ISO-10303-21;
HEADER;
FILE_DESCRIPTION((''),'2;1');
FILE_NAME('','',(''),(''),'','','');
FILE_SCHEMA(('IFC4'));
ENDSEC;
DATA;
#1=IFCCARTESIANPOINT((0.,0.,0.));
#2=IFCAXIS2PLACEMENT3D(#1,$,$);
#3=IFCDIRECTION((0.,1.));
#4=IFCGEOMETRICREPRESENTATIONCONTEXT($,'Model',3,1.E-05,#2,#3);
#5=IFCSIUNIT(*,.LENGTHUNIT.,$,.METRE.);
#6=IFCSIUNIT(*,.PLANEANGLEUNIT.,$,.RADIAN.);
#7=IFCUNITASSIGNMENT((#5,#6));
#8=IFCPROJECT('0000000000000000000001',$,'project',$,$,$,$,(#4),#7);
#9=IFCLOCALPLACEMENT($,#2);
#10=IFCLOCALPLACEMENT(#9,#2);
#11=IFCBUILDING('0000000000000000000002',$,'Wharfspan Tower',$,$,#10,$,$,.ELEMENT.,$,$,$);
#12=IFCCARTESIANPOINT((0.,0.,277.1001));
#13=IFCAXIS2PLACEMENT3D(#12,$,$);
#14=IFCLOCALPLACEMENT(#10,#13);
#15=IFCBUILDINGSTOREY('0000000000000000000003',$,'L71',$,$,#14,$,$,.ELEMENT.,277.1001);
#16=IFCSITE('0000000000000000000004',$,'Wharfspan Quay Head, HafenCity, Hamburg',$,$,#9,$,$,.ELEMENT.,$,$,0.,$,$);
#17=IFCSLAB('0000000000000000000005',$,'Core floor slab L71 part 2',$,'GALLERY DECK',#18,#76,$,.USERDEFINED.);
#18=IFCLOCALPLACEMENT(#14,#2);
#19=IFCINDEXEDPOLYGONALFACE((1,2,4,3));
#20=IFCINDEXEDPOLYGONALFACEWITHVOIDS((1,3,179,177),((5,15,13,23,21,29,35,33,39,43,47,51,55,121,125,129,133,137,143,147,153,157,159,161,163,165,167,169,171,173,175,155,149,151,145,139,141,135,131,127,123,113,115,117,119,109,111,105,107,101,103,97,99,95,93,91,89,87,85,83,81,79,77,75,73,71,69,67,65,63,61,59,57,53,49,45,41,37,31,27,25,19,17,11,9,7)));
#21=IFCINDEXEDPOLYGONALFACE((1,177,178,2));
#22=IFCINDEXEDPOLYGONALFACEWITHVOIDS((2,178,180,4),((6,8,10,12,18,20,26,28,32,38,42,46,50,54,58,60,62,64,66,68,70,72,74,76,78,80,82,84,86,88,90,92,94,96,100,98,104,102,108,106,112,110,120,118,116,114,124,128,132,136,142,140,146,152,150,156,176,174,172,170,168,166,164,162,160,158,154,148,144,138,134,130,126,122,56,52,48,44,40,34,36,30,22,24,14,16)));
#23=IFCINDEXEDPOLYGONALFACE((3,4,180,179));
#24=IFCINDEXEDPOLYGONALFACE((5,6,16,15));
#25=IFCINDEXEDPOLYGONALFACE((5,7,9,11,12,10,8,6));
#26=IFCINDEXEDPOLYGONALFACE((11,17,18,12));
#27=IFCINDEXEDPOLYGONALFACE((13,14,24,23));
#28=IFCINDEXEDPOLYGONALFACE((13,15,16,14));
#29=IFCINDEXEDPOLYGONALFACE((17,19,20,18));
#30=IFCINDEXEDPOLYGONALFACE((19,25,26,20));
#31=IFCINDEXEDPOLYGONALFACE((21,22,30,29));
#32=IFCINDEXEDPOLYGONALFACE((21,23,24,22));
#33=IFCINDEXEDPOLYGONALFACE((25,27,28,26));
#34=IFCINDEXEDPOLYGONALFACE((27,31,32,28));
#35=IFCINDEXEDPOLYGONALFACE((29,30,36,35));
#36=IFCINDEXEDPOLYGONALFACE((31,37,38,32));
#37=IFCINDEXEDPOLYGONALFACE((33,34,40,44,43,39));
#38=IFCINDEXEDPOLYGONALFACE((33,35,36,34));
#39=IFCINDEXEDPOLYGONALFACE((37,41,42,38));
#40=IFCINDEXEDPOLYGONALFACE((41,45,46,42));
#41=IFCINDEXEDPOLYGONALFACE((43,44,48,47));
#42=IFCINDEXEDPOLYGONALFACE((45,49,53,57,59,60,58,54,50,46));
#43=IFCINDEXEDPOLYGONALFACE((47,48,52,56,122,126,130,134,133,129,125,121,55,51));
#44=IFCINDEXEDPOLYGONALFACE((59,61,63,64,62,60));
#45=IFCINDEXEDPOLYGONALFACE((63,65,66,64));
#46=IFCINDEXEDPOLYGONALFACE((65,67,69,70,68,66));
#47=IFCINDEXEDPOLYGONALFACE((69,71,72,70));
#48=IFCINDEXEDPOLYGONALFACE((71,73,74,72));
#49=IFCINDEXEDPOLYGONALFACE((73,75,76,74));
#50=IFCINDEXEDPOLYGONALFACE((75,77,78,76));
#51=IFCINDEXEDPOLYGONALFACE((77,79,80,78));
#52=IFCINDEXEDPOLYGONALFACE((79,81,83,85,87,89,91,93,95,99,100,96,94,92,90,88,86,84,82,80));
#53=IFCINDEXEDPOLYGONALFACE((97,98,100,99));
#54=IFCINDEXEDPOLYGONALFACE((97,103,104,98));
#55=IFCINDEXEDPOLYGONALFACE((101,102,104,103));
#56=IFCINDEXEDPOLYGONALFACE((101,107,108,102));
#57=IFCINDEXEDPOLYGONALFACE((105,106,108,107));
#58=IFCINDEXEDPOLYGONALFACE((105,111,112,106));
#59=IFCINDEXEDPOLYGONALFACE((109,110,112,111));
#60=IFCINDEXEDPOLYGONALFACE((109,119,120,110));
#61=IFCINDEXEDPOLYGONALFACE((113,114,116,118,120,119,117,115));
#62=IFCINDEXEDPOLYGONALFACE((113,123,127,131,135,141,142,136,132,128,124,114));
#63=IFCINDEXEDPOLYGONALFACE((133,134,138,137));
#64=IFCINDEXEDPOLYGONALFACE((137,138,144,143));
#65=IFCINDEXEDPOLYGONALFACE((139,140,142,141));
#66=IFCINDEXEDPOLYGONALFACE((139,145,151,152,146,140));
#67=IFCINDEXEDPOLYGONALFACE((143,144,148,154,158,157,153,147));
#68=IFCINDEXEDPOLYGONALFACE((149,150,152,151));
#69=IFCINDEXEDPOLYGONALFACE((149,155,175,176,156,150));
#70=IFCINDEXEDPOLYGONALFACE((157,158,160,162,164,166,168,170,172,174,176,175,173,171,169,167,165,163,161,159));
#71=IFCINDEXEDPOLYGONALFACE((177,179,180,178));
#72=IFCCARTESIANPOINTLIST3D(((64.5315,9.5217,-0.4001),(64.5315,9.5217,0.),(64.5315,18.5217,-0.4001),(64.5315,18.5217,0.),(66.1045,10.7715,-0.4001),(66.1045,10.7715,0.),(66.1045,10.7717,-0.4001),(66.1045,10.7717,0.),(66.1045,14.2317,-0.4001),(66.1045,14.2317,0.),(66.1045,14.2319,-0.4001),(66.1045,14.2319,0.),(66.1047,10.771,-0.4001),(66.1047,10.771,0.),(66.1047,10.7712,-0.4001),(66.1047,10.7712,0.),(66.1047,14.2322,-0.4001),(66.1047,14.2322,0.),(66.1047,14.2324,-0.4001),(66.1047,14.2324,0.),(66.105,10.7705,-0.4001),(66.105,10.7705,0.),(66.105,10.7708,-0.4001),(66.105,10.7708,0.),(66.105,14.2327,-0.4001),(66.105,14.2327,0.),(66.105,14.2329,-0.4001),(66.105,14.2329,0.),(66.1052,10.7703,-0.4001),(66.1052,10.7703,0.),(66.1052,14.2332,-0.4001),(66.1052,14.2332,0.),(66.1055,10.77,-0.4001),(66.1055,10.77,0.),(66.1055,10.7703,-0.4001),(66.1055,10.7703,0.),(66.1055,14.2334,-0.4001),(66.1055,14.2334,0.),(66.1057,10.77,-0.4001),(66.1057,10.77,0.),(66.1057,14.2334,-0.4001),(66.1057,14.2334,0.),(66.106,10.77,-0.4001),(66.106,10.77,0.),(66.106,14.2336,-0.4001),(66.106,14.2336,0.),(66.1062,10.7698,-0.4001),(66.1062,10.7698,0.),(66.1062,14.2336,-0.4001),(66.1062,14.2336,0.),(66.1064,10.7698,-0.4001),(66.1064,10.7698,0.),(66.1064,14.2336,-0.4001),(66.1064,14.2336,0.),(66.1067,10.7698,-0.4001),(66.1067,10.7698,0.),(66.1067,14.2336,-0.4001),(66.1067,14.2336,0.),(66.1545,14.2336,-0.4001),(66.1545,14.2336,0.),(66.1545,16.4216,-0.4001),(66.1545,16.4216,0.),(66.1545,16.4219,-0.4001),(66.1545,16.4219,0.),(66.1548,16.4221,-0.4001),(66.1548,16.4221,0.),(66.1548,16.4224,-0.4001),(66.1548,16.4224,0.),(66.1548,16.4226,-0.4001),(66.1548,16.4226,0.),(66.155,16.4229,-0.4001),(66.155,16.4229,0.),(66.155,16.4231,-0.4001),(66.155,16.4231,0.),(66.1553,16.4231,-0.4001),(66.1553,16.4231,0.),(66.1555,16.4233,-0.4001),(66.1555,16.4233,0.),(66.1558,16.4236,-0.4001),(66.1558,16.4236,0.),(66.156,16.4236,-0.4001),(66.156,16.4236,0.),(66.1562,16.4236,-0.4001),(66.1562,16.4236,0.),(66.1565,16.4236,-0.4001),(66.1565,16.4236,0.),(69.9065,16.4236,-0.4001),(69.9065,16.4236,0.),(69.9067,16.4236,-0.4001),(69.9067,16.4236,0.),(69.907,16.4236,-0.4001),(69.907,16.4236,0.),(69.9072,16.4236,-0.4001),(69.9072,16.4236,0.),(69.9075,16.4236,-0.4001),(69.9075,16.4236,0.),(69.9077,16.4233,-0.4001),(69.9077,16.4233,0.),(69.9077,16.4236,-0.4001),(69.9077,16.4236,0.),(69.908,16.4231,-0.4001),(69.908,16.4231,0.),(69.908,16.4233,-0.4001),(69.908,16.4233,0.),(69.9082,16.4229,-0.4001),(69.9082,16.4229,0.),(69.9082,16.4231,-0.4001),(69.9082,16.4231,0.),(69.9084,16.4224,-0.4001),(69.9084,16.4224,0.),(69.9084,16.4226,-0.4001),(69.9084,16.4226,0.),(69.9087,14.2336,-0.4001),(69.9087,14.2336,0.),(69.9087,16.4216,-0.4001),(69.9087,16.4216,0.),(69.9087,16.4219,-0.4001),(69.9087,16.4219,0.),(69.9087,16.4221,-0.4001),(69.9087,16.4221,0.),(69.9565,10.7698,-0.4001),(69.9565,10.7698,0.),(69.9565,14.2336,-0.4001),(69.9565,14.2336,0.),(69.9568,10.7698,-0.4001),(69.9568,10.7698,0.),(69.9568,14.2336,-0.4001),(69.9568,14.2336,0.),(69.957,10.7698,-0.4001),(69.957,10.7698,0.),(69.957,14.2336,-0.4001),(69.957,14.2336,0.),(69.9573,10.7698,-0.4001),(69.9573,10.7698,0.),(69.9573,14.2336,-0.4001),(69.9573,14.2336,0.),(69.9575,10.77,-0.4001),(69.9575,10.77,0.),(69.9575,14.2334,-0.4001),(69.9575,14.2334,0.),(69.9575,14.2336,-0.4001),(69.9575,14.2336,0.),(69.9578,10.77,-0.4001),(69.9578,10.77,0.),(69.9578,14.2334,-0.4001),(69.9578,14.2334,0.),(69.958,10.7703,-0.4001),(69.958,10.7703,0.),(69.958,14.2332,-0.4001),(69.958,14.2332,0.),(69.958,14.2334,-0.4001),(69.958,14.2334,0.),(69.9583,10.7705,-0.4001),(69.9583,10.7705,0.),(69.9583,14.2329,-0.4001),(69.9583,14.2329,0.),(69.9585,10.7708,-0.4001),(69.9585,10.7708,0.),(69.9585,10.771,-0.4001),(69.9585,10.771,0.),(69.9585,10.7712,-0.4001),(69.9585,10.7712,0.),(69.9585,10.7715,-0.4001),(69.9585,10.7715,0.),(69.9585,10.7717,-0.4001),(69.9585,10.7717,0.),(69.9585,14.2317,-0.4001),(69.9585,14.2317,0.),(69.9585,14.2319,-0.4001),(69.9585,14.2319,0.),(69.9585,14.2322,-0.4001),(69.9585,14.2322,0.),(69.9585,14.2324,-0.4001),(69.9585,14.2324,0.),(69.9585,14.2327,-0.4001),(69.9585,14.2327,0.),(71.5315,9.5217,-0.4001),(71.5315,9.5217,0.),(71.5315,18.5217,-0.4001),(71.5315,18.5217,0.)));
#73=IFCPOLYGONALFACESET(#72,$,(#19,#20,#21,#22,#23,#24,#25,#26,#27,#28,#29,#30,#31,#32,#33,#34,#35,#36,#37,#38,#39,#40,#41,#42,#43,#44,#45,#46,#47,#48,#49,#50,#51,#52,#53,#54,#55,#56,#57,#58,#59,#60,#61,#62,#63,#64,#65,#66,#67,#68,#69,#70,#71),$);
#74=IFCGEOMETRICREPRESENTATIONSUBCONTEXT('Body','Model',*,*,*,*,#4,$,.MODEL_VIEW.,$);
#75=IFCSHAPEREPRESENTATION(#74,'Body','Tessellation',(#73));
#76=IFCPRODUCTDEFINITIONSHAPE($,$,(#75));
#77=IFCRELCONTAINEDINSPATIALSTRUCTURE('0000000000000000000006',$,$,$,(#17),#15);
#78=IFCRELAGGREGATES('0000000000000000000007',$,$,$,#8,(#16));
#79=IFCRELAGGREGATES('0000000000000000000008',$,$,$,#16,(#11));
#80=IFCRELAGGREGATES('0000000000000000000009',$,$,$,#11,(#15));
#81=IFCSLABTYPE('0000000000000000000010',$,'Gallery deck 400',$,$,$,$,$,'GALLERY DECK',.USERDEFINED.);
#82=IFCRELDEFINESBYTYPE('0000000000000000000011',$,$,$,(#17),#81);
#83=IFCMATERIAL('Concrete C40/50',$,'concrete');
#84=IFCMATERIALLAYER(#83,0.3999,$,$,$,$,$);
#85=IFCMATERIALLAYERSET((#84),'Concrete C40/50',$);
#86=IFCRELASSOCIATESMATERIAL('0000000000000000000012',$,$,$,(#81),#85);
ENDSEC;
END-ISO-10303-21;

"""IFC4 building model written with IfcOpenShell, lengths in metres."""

from ifc_helpers import new_model, si_unit, direction, frame, origin, place, context, subcontext, project, spatial, polyline, outline, extrude, material, layer, layer_set, type_object, element, save


model = new_model("IFC4")

# Units and contexts
model_context = context("Model", 3, precision=1e-05, world=origin(), true_north=direction((0.0, 1.0)))
body_context = subcontext(model_context, "Body", "Model", "MODEL_VIEW")
ifc_project = project(units=[si_unit("LENGTHUNIT", "METRE"), si_unit("PLANEANGLEUNIT", "RADIAN")], contexts=[model_context])

# Site, building, storey
site_placement = place(None, origin())
site = spatial("IfcSite", under=ifc_project, at=site_placement, Name="Wharfspan Quay Head, HafenCity, Hamburg", CompositionType="ELEMENT", RefElevation=0.0)
building_placement = place(site_placement, origin())
building = spatial("IfcBuilding", under=site, at=building_placement, Name="Wharfspan Tower", CompositionType="ELEMENT")
storey_placement = place(building_placement, frame((0.0, 0.0, 277.1001)))
storey = spatial("IfcBuildingStorey", under=building, at=storey_placement, Name="L71", CompositionType="ELEMENT", Elevation=277.1001)

# Slab
ifc_material_1 = material(Name="Concrete C40/50", Category="concrete")
ifc_layer_1 = layer(ifc_material_1, 0.3999)
ifc_layer_set_1 = layer_set([ifc_layer_1], Name="Concrete C40/50")
slab_type_1 = type_object("IfcSlabType", Name="Gallery deck 400", ElementType="GALLERY DECK", PredefinedType="USERDEFINED", material=ifc_layer_set_1)
slab_1_placement = place(storey_placement, frame((0.0, 0.0, -0.4001)))
element("IfcSlab", 1, at=slab_1_placement, inside=storey, type_object=slab_type_1, Name="Core floor slab L71 part 2", ObjectType="GALLERY DECK", PredefinedType="USERDEFINED", context=body_context, shape_type="SweptSolid", body=[
    extrude(outline(polyline([(64.5315, 9.5217), (71.5315, 9.5217), (71.5315, 18.5217), (64.5315, 18.5217), (64.5315, 9.5217)]), holes=[polyline([(66.1545, 16.4216), (66.1545, 16.4219), (66.1548, 16.4221), (66.1548, 16.4224), (66.1548, 16.4226), (66.1548, 16.4226), (66.155, 16.4229), (66.155, 16.4231), (66.1553, 16.4231), (66.1555, 16.4233), (66.1555, 16.4233), (66.1558, 16.4236), (66.156, 16.4236), (66.156, 16.4236), (66.1562, 16.4236), (66.1565, 16.4236), (66.1565, 16.4236), (69.9065, 16.4236), (69.9067, 16.4236), (69.907, 16.4236), (69.9072, 16.4236), (69.9075, 16.4236), (69.9077, 16.4236), (69.9077, 16.4233), (69.908, 16.4233), (69.908, 16.4231), (69.9082, 16.4231), (69.9082, 16.4229), (69.9084, 16.4226), (69.9084, 16.4226), (69.9084, 16.4224), (69.9087, 16.4221), (69.9087, 16.4219), (69.9087, 16.4216), (69.9087, 14.2336), (69.9565, 14.2336), (69.9568, 14.2336), (69.957, 14.2336), (69.9573, 14.2336), (69.9575, 14.2336), (69.9575, 14.2334), (69.9578, 14.2334), (69.958, 14.2334), (69.958, 14.2332), (69.9583, 14.2329), (69.9583, 14.2329), (69.9585, 14.2327), (69.9585, 14.2324), (69.9585, 14.2324), (69.9585, 14.2322), (69.9585, 14.2319), (69.9585, 14.2317), (69.9585, 10.7717), (69.9585, 10.7715), (69.9585, 10.7712), (69.9585, 10.771), (69.9585, 10.771), (69.9585, 10.7708), (69.9583, 10.7705), (69.9583, 10.7705), (69.958, 10.7703), (69.958, 10.7703), (69.9578, 10.77), (69.9575, 10.77), (69.9575, 10.77), (69.9573, 10.7698), (69.957, 10.7698), (69.9568, 10.7698), (69.9565, 10.7698), (66.1067, 10.7698), (66.1064, 10.7698), (66.1062, 10.7698), (66.1062, 10.7698), (66.106, 10.77), (66.1057, 10.77), (66.1055, 10.77), (66.1055, 10.7703), (66.1052, 10.7703), (66.105, 10.7705), (66.105, 10.7705), (66.105, 10.7708), (66.1047, 10.771), (66.1047, 10.771), (66.1047, 10.7712), (66.1045, 10.7715), (66.1045, 10.7717), (66.1045, 14.2317), (66.1045, 14.2319), (66.1047, 14.2322), (66.1047, 14.2324), (66.1047, 14.2324), (66.105, 14.2327), (66.105, 14.2329), (66.105, 14.2329), (66.1052, 14.2332), (66.1055, 14.2334), (66.1055, 14.2334), (66.1057, 14.2334), (66.106, 14.2336), (66.1062, 14.2336), (66.1062, 14.2336), (66.1064, 14.2336), (66.1067, 14.2336), (66.1545, 14.2336), (66.1545, 16.4216)])]), origin(), (0.0, 0.0, 1.0), 0.4001),
])

save(model, "model.ifc")
